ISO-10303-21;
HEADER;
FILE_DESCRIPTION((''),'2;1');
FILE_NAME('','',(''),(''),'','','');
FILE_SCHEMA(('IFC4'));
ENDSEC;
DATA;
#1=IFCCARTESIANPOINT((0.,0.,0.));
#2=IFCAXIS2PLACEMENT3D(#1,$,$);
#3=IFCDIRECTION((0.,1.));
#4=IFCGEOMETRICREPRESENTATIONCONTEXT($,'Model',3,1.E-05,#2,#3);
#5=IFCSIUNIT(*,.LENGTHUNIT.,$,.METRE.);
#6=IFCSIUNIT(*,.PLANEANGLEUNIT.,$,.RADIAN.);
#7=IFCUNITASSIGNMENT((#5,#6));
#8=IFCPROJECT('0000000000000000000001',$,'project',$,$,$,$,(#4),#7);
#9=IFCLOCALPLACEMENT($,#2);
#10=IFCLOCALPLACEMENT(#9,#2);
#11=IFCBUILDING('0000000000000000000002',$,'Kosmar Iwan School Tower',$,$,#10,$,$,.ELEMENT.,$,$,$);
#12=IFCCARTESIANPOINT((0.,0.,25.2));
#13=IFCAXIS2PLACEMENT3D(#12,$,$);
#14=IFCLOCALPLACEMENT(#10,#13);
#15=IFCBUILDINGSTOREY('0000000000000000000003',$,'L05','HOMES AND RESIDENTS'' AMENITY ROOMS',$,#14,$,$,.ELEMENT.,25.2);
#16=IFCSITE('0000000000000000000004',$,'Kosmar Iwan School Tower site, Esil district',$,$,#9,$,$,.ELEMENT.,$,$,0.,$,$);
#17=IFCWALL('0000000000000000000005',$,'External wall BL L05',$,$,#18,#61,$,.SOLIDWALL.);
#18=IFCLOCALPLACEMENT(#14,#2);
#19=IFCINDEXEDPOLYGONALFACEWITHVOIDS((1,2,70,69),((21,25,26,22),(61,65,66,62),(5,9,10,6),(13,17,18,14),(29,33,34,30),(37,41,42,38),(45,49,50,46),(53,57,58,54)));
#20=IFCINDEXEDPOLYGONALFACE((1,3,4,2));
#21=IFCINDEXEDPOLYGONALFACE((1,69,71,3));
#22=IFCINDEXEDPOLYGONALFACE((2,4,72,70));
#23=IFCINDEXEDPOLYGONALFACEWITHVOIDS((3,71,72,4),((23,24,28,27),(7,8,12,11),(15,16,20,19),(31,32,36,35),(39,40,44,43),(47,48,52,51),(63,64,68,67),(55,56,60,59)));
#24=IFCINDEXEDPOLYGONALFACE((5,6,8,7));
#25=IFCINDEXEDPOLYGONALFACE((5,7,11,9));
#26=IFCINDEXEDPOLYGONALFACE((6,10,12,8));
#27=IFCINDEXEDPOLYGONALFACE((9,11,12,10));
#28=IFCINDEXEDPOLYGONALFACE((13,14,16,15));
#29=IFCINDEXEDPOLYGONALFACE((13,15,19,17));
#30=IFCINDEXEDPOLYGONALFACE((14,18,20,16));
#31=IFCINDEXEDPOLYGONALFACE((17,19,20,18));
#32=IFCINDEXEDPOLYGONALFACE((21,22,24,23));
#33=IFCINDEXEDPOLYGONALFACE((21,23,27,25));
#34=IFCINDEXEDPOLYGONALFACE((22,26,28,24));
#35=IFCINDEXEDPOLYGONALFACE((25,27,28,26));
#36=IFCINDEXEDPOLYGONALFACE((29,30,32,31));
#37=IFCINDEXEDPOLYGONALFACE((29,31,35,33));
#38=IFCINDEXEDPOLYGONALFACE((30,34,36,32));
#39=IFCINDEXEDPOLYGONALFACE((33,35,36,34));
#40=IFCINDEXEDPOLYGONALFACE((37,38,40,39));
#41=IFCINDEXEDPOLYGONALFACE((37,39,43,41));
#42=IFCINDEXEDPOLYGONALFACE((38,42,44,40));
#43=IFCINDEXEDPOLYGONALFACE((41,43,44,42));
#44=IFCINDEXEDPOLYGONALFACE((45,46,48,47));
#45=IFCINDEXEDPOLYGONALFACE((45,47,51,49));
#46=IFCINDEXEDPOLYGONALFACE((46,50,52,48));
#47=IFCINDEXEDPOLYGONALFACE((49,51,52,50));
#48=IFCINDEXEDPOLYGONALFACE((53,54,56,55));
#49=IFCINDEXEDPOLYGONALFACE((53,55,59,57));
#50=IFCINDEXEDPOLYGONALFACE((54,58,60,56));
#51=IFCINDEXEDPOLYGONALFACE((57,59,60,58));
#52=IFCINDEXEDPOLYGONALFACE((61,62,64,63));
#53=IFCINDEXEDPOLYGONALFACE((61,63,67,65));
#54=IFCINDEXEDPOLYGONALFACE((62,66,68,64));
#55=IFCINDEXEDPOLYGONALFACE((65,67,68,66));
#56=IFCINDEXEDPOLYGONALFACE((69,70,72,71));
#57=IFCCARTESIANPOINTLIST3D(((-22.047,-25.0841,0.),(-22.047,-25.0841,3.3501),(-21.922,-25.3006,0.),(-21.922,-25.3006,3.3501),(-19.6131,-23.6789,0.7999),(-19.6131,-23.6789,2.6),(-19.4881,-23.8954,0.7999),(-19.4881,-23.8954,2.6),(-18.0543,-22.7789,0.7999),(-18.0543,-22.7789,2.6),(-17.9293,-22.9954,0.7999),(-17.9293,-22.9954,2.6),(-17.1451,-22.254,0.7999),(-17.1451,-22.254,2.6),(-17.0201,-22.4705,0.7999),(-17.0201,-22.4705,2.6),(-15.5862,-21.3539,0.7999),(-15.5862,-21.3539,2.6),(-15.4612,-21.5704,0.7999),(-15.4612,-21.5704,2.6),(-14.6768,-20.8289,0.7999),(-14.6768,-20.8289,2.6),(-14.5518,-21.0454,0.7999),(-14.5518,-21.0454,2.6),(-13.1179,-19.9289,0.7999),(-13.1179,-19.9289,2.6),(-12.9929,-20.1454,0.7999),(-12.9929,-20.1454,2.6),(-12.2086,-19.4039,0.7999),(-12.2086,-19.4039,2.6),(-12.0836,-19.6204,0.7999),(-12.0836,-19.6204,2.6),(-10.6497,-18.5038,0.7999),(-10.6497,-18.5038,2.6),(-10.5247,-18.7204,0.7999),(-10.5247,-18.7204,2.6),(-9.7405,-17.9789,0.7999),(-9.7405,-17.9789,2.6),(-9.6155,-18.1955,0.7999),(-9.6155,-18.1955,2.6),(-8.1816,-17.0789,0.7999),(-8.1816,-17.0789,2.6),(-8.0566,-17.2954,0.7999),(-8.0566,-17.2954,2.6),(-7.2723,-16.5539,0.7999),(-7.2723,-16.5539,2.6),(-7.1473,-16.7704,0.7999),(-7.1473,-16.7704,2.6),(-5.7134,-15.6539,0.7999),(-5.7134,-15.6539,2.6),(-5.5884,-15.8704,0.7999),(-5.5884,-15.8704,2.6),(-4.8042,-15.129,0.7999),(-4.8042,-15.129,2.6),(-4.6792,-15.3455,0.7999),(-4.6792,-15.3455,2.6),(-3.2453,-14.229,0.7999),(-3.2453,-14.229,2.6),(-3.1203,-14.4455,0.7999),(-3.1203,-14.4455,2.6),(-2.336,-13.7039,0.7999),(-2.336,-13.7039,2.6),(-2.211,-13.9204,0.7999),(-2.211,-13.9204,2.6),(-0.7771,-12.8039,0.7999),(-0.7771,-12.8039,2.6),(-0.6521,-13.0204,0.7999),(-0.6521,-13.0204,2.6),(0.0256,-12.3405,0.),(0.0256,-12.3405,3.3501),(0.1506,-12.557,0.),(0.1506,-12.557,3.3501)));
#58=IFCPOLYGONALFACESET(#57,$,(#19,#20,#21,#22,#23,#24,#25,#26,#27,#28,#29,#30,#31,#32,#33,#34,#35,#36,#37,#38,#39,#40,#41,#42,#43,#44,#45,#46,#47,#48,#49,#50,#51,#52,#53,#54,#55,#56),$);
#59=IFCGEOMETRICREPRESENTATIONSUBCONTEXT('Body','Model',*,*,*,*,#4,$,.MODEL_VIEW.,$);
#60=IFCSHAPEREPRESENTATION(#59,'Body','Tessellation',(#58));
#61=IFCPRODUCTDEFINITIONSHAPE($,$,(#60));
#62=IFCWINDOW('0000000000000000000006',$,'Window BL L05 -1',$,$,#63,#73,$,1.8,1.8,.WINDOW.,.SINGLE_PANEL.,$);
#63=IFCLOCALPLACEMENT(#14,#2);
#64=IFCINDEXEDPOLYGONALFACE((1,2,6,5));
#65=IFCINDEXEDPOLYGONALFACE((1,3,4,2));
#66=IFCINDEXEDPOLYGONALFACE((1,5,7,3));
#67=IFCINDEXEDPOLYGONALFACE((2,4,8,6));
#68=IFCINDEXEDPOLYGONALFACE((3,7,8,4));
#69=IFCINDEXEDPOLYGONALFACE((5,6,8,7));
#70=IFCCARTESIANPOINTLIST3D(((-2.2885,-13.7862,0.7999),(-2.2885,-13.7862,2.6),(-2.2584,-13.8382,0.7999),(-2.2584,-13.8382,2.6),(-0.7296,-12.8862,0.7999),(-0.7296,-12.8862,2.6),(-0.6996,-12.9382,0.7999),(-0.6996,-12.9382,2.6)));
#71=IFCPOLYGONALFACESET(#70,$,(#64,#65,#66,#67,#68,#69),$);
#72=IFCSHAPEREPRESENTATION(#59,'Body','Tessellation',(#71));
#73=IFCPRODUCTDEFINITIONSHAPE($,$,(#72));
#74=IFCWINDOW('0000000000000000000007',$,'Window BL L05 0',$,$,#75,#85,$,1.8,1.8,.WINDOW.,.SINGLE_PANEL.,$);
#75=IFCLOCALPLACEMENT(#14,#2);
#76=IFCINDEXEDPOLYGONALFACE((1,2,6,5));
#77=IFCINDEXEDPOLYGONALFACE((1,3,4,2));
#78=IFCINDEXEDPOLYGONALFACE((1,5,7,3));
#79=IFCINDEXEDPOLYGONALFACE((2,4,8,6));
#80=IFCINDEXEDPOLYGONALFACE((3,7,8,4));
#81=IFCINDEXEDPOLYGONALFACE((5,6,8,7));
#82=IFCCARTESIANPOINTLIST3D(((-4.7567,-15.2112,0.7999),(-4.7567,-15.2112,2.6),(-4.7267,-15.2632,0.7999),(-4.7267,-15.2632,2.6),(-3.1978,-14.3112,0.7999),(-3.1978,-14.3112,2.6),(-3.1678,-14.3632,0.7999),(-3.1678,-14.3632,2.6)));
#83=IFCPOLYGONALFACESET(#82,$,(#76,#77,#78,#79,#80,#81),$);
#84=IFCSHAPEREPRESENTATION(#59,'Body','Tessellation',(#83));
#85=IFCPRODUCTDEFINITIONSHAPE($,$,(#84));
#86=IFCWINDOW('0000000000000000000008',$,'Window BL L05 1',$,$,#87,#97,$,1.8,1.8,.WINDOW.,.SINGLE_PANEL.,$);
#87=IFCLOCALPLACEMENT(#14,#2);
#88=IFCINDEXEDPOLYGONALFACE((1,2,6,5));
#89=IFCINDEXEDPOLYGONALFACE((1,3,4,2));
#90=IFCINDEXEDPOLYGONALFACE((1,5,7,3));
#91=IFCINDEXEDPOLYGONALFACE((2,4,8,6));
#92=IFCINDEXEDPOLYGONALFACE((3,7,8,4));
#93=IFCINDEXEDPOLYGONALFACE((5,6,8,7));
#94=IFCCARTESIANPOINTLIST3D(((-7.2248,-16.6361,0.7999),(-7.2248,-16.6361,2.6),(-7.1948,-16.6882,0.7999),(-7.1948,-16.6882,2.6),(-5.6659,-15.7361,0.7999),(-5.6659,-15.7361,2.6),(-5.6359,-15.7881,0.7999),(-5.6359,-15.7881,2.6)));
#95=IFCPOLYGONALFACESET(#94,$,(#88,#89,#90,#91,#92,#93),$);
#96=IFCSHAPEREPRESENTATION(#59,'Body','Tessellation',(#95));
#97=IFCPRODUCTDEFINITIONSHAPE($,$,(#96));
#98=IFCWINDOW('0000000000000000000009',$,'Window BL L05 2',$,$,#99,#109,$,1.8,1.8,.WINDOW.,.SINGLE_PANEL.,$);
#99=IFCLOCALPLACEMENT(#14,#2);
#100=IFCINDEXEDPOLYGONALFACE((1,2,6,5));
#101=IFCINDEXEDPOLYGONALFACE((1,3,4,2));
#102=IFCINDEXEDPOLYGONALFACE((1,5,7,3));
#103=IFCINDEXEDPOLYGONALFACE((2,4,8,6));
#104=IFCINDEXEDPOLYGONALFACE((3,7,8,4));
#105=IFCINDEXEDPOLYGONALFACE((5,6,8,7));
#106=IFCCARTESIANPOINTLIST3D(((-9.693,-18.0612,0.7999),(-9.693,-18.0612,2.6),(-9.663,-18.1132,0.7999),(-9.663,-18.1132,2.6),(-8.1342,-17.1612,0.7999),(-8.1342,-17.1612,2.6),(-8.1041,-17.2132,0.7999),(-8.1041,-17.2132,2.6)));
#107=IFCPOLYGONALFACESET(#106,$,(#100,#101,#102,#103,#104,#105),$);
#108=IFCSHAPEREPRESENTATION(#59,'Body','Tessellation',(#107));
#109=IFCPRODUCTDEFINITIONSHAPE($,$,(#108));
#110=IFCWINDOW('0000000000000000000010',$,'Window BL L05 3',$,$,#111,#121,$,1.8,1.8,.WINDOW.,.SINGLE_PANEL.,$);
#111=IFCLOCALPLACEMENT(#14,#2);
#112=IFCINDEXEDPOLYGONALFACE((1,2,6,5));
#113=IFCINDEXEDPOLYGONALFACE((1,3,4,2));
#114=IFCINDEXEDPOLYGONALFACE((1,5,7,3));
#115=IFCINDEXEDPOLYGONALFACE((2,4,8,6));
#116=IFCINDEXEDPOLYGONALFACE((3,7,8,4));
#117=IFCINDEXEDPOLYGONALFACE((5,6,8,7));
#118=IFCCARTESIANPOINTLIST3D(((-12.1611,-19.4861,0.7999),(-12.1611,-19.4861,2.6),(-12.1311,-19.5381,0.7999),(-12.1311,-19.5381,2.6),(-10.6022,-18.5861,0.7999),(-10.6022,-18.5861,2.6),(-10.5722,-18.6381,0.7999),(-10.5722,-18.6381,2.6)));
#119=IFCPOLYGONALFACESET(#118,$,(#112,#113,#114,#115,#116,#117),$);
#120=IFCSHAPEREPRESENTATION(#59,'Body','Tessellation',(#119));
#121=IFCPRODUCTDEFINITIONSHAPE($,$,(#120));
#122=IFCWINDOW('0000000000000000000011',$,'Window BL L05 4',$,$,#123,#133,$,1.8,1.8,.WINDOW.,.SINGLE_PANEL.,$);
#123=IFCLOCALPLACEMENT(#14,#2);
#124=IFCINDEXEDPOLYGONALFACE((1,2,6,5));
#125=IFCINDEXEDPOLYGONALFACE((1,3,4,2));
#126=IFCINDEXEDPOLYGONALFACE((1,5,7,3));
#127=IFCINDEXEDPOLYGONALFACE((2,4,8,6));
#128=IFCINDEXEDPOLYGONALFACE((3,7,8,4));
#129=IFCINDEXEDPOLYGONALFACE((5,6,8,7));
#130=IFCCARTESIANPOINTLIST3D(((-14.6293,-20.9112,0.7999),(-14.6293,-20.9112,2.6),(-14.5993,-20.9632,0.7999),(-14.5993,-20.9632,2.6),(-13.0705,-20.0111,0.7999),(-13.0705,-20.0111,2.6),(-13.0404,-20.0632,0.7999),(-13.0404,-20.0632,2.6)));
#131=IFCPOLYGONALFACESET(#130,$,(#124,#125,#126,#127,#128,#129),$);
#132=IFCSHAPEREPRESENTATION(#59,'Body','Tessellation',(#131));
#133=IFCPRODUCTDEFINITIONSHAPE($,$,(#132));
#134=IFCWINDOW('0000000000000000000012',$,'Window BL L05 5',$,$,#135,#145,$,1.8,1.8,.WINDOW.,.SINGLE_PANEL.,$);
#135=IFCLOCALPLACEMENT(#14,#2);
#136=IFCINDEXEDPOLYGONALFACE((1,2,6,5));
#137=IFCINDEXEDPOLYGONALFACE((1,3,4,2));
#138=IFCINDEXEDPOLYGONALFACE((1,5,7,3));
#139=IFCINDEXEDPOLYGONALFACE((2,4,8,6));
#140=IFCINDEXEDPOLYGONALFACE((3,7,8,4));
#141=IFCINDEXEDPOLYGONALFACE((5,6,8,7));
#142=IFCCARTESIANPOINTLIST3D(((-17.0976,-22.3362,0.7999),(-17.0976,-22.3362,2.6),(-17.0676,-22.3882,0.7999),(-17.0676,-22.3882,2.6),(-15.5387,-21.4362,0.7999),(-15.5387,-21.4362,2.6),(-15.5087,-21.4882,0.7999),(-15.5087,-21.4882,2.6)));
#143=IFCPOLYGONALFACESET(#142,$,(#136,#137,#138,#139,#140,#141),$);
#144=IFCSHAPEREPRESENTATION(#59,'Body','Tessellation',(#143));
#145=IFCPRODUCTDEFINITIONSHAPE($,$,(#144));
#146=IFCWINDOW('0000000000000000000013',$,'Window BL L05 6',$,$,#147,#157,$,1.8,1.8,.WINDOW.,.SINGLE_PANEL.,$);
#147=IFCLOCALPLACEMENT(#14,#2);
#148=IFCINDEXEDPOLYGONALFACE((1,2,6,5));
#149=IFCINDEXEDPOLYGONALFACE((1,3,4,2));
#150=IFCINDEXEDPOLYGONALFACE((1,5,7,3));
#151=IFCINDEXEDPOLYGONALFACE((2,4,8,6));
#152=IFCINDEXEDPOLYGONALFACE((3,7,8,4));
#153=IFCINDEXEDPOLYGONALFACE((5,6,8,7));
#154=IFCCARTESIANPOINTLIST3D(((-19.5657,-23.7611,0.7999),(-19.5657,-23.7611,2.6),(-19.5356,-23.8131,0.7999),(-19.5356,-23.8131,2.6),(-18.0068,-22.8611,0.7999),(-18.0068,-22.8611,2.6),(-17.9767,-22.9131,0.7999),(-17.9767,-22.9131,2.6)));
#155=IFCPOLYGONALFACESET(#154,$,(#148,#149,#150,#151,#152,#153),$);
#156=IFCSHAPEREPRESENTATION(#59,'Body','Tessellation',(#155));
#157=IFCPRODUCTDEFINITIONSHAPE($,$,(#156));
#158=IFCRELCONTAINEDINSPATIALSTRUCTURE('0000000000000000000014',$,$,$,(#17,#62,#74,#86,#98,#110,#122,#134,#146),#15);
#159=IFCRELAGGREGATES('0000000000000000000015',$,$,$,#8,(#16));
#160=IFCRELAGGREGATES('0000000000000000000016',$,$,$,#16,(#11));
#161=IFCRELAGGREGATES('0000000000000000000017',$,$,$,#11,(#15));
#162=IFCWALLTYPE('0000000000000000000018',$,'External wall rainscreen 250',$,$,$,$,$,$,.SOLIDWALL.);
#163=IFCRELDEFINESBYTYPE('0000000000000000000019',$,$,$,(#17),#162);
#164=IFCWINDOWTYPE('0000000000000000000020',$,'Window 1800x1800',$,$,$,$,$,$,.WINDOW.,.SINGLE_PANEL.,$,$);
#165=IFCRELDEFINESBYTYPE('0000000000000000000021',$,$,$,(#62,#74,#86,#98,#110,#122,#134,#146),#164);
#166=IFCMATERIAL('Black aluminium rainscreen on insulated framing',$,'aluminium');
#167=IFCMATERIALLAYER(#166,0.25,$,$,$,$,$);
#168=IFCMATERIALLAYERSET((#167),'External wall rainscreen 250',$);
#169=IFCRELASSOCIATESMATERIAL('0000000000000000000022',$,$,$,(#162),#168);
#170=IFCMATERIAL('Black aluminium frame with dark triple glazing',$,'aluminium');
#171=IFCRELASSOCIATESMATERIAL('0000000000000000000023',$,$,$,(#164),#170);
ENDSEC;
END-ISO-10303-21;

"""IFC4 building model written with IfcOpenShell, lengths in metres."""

from ifc_helpers import new_model, si_unit, direction, frame, frame_2d, origin, place, context, subcontext, project, spatial, rectangle, extrude, material, layer, layer_set, type_object, element, fill, save


model = new_model("IFC4")

# Units and contexts
model_context = context("Model", 3, precision=1e-05, world=origin(), true_north=direction((0.0, 1.0)))
body_context = subcontext(model_context, "Body", "Model", "MODEL_VIEW")
ifc_project = project(units=[si_unit("LENGTHUNIT", "METRE"), si_unit("PLANEANGLEUNIT", "RADIAN")], contexts=[model_context])

# Site, building, storey
site_placement = place(None, origin())
site = spatial("IfcSite", under=ifc_project, at=site_placement, Name="Kosmar Iwan School Tower site, Esil district", CompositionType="ELEMENT", RefElevation=0.0)
building_placement = place(site_placement, origin())
building = spatial("IfcBuilding", under=site, at=building_placement, Name="Kosmar Iwan School Tower", CompositionType="ELEMENT")
storey_placement = place(building_placement, frame((0.0, 0.0, 25.2)))
storey = spatial("IfcBuildingStorey", under=building, at=storey_placement, Name="L05", Description="HOMES AND RESIDENTS' AMENITY ROOMS", CompositionType="ELEMENT", Elevation=25.2)

# Wall, openings, windows
ifc_material_1 = material(Name="Black aluminium rainscreen on insulated framing", Category="aluminium")
ifc_layer = layer(ifc_material_1, 0.25)
ifc_layer_set = layer_set([ifc_layer], Name="External wall rainscreen 250")
wall_type = type_object("IfcWallType", Name="External wall rainscreen 250", PredefinedType="SOLIDWALL", material=ifc_layer_set)
wall_1_placement = place(storey_placement, frame((0.0881, -12.4487, 0.0), z_axis=(0.0, 0.0, 1.0), x_axis=(-0.866026, -0.499998, 0.0)))
wall_1 = element("IfcWall", 1, at=wall_1_placement, inside=storey, type_object=wall_type, Name="External wall BL L05", PredefinedType="SOLIDWALL", context=body_context, shape_type="SweptSolid", body=[
    extrude(rectangle(XDim=25.4873, YDim=0.25, at=frame_2d((12.7437, 0.0))), origin(), (0.0, 0.0, 1.0), 3.3501),
])
opening_1_placement = place(wall_1_placement, frame((0.927, 0.0, 0.8)))
opening_1 = element("IfcOpeningElement", 2, at=opening_1_placement, cuts=wall_1, PredefinedType="OPENING", context=body_context, shape_type="SweptSolid", body=[
    extrude(rectangle(XDim=1.8, YDim=1.8, at=frame_2d((0.8999, 0.8999))), frame((0.0, 0.137, 0.0), z_axis=(0.0, -1.0, 0.0), x_axis=(1.0, 0.0, 0.0)), (0.0, 0.0, 1.0), 0.2739),
])
opening_2_placement = place(wall_1_placement, frame((3.7771, 0.0, 0.8)))
opening_2 = element("IfcOpeningElement", 3, at=opening_2_placement, cuts=wall_1, PredefinedType="OPENING", context=body_context, shape_type="SweptSolid", body=[
    extrude(rectangle(XDim=1.8, YDim=1.8, at=frame_2d((0.8999, 0.8999))), frame((0.0, 0.137, 0.0), z_axis=(0.0, -1.0, 0.0), x_axis=(1.0, 0.0, 0.0)), (0.0, 0.0, 1.0), 0.2739),
])
opening_3_placement = place(wall_1_placement, frame((6.627, 0.0, 0.8)))
opening_3 = element("IfcOpeningElement", 4, at=opening_3_placement, cuts=wall_1, PredefinedType="OPENING", context=body_context, shape_type="SweptSolid", body=[
    extrude(rectangle(XDim=1.8, YDim=1.8, at=frame_2d((0.8999, 0.8999))), frame((0.0, 0.137, 0.0), z_axis=(0.0, -1.0, 0.0), x_axis=(1.0, 0.0, 0.0)), (0.0, 0.0, 1.0), 0.2739),
])
opening_4_placement = place(wall_1_placement, frame((9.4771, 0.0, 0.8)))
opening_4 = element("IfcOpeningElement", 5, at=opening_4_placement, cuts=wall_1, PredefinedType="OPENING", context=body_context, shape_type="SweptSolid", body=[
    extrude(rectangle(XDim=1.8, YDim=1.8, at=frame_2d((0.8999, 0.8999))), frame((0.0, 0.137, 0.0), z_axis=(0.0, -1.0, 0.0), x_axis=(1.0, 0.0, 0.0)), (0.0, 0.0, 1.0), 0.2739),
])
opening_5_placement = place(wall_1_placement, frame((12.3269, 0.0, 0.8)))
opening_5 = element("IfcOpeningElement", 6, at=opening_5_placement, cuts=wall_1, PredefinedType="OPENING", context=body_context, shape_type="SweptSolid", body=[
    extrude(rectangle(XDim=1.8, YDim=1.8, at=frame_2d((0.8999, 0.8999))), frame((0.0, 0.137, 0.0), z_axis=(0.0, -1.0, 0.0), x_axis=(1.0, 0.0, 0.0)), (0.0, 0.0, 1.0), 0.2739),
])
opening_6_placement = place(wall_1_placement, frame((15.177, 0.0, 0.8)))
opening_6 = element("IfcOpeningElement", 7, at=opening_6_placement, cuts=wall_1, PredefinedType="OPENING", context=body_context, shape_type="SweptSolid", body=[
    extrude(rectangle(XDim=1.8, YDim=1.8, at=frame_2d((0.8999, 0.8999))), frame((0.0, 0.137, 0.0), z_axis=(0.0, -1.0, 0.0), x_axis=(1.0, 0.0, 0.0)), (0.0, 0.0, 1.0), 0.2739),
])
opening_7_placement = place(wall_1_placement, frame((18.0271, 0.0, 0.8)))
opening_7 = element("IfcOpeningElement", 8, at=opening_7_placement, cuts=wall_1, PredefinedType="OPENING", context=body_context, shape_type="SweptSolid", body=[
    extrude(rectangle(XDim=1.8, YDim=1.8, at=frame_2d((0.8999, 0.8999))), frame((0.0, 0.137, 0.0), z_axis=(0.0, -1.0, 0.0), x_axis=(1.0, 0.0, 0.0)), (0.0, 0.0, 1.0), 0.2739),
])
opening_8_placement = place(wall_1_placement, frame((20.877, 0.0, 0.8)))
opening_8 = element("IfcOpeningElement", 9, at=opening_8_placement, cuts=wall_1, PredefinedType="OPENING", context=body_context, shape_type="SweptSolid", body=[
    extrude(rectangle(XDim=1.8, YDim=1.8, at=frame_2d((0.8999, 0.8999))), frame((0.0, 0.137, 0.0), z_axis=(0.0, -1.0, 0.0), x_axis=(1.0, 0.0, 0.0)), (0.0, 0.0, 1.0), 0.2739),
])
ifc_material_2 = material(Name="Black aluminium frame with dark triple glazing", Category="aluminium")
window_type = type_object("IfcWindowType", Name="Window 1800x1800", PartitioningType="SINGLE_PANEL", PredefinedType="WINDOW", material=ifc_material_2)
window_1_placement = place(opening_1_placement, origin())
window_1 = element("IfcWindow", 10, at=window_1_placement, inside=storey, type_object=window_type, Name="Window BL L05 -1", OverallHeight=1.8, OverallWidth=1.8, PartitioningType="SINGLE_PANEL", PredefinedType="WINDOW", context=body_context, shape_type="SweptSolid", body=[
    extrude(rectangle(XDim=1.8, YDim=1.8, at=frame_2d((0.8999, 0.8999))), frame((0.0, 0.03, 0.0), z_axis=(0.0, -1.0, 0.0), x_axis=(1.0, 0.0, 0.0)), (0.0, 0.0, 1.0), 0.0601),
])
fill(opening_1, window_1)
window_2_placement = place(opening_2_placement, origin())
window_2 = element("IfcWindow", 11, at=window_2_placement, inside=storey, type_object=window_type, Name="Window BL L05 0", OverallHeight=1.8, OverallWidth=1.8, PartitioningType="SINGLE_PANEL", PredefinedType="WINDOW", context=body_context, shape_type="SweptSolid", body=[
    extrude(rectangle(XDim=1.8, YDim=1.8, at=frame_2d((0.8999, 0.8999))), frame((0.0, 0.03, 0.0), z_axis=(0.0, -1.0, 0.0), x_axis=(1.0, 0.0, 0.0)), (0.0, 0.0, 1.0), 0.0601),
])
fill(opening_2, window_2)
window_3_placement = place(opening_3_placement, origin())
window_3 = element("IfcWindow", 12, at=window_3_placement, inside=storey, type_object=window_type, Name="Window BL L05 1", OverallHeight=1.8, OverallWidth=1.8, PartitioningType="SINGLE_PANEL", PredefinedType="WINDOW", context=body_context, shape_type="SweptSolid", body=[
    extrude(rectangle(XDim=1.8, YDim=1.8, at=frame_2d((0.8999, 0.8999))), frame((0.0, 0.03, 0.0), z_axis=(0.0, -1.0, 0.0), x_axis=(1.0, 0.0, 0.0)), (0.0, 0.0, 1.0), 0.0601),
])
fill(opening_3, window_3)
window_4_placement = place(opening_4_placement, origin())
window_4 = element("IfcWindow", 13, at=window_4_placement, inside=storey, type_object=window_type, Name="Window BL L05 2", OverallHeight=1.8, OverallWidth=1.8, PartitioningType="SINGLE_PANEL", PredefinedType="WINDOW", context=body_context, shape_type="SweptSolid", body=[
    extrude(rectangle(XDim=1.8, YDim=1.8, at=frame_2d((0.8999, 0.8999))), frame((0.0, 0.03, 0.0), z_axis=(0.0, -1.0, 0.0), x_axis=(1.0, 0.0, 0.0)), (0.0, 0.0, 1.0), 0.0601),
])
fill(opening_4, window_4)
window_5_placement = place(opening_5_placement, origin())
window_5 = element("IfcWindow", 14, at=window_5_placement, inside=storey, type_object=window_type, Name="Window BL L05 3", OverallHeight=1.8, OverallWidth=1.8, PartitioningType="SINGLE_PANEL", PredefinedType="WINDOW", context=body_context, shape_type="SweptSolid", body=[
    extrude(rectangle(XDim=1.8, YDim=1.8, at=frame_2d((0.8999, 0.8999))), frame((0.0, 0.03, 0.0), z_axis=(0.0, -1.0, 0.0), x_axis=(1.0, 0.0, 0.0)), (0.0, 0.0, 1.0), 0.0601),
])
fill(opening_5, window_5)
window_6_placement = place(opening_6_placement, origin())
window_6 = element("IfcWindow", 15, at=window_6_placement, inside=storey, type_object=window_type, Name="Window BL L05 4", OverallHeight=1.8, OverallWidth=1.8, PartitioningType="SINGLE_PANEL", PredefinedType="WINDOW", context=body_context, shape_type="SweptSolid", body=[
    extrude(rectangle(XDim=1.8, YDim=1.8, at=frame_2d((0.8999, 0.8999))), frame((0.0, 0.03, 0.0), z_axis=(0.0, -1.0, 0.0), x_axis=(1.0, 0.0, 0.0)), (0.0, 0.0, 1.0), 0.0601),
])
fill(opening_6, window_6)
window_7_placement = place(opening_7_placement, origin())
window_7 = element("IfcWindow", 16, at=window_7_placement, inside=storey, type_object=window_type, Name="Window BL L05 5", OverallHeight=1.8, OverallWidth=1.8, PartitioningType="SINGLE_PANEL", PredefinedType="WINDOW", context=body_context, shape_type="SweptSolid", body=[
    extrude(rectangle(XDim=1.8, YDim=1.8, at=frame_2d((0.8999, 0.8999))), frame((0.0, 0.03, 0.0), z_axis=(0.0, -1.0, 0.0), x_axis=(1.0, 0.0, 0.0)), (0.0, 0.0, 1.0), 0.0601),
])
fill(opening_7, window_7)
window_8_placement = place(opening_8_placement, origin())
window_8 = element("IfcWindow", 17, at=window_8_placement, inside=storey, type_object=window_type, Name="Window BL L05 6", OverallHeight=1.8, OverallWidth=1.8, PartitioningType="SINGLE_PANEL", PredefinedType="WINDOW", context=body_context, shape_type="SweptSolid", body=[
    extrude(rectangle(XDim=1.8, YDim=1.8, at=frame_2d((0.8999, 0.8999))), frame((0.0, 0.03, 0.0), z_axis=(0.0, -1.0, 0.0), x_axis=(1.0, 0.0, 0.0)), (0.0, 0.0, 1.0), 0.0601),
])
fill(opening_8, window_8)

save(model, "model.ifc")
